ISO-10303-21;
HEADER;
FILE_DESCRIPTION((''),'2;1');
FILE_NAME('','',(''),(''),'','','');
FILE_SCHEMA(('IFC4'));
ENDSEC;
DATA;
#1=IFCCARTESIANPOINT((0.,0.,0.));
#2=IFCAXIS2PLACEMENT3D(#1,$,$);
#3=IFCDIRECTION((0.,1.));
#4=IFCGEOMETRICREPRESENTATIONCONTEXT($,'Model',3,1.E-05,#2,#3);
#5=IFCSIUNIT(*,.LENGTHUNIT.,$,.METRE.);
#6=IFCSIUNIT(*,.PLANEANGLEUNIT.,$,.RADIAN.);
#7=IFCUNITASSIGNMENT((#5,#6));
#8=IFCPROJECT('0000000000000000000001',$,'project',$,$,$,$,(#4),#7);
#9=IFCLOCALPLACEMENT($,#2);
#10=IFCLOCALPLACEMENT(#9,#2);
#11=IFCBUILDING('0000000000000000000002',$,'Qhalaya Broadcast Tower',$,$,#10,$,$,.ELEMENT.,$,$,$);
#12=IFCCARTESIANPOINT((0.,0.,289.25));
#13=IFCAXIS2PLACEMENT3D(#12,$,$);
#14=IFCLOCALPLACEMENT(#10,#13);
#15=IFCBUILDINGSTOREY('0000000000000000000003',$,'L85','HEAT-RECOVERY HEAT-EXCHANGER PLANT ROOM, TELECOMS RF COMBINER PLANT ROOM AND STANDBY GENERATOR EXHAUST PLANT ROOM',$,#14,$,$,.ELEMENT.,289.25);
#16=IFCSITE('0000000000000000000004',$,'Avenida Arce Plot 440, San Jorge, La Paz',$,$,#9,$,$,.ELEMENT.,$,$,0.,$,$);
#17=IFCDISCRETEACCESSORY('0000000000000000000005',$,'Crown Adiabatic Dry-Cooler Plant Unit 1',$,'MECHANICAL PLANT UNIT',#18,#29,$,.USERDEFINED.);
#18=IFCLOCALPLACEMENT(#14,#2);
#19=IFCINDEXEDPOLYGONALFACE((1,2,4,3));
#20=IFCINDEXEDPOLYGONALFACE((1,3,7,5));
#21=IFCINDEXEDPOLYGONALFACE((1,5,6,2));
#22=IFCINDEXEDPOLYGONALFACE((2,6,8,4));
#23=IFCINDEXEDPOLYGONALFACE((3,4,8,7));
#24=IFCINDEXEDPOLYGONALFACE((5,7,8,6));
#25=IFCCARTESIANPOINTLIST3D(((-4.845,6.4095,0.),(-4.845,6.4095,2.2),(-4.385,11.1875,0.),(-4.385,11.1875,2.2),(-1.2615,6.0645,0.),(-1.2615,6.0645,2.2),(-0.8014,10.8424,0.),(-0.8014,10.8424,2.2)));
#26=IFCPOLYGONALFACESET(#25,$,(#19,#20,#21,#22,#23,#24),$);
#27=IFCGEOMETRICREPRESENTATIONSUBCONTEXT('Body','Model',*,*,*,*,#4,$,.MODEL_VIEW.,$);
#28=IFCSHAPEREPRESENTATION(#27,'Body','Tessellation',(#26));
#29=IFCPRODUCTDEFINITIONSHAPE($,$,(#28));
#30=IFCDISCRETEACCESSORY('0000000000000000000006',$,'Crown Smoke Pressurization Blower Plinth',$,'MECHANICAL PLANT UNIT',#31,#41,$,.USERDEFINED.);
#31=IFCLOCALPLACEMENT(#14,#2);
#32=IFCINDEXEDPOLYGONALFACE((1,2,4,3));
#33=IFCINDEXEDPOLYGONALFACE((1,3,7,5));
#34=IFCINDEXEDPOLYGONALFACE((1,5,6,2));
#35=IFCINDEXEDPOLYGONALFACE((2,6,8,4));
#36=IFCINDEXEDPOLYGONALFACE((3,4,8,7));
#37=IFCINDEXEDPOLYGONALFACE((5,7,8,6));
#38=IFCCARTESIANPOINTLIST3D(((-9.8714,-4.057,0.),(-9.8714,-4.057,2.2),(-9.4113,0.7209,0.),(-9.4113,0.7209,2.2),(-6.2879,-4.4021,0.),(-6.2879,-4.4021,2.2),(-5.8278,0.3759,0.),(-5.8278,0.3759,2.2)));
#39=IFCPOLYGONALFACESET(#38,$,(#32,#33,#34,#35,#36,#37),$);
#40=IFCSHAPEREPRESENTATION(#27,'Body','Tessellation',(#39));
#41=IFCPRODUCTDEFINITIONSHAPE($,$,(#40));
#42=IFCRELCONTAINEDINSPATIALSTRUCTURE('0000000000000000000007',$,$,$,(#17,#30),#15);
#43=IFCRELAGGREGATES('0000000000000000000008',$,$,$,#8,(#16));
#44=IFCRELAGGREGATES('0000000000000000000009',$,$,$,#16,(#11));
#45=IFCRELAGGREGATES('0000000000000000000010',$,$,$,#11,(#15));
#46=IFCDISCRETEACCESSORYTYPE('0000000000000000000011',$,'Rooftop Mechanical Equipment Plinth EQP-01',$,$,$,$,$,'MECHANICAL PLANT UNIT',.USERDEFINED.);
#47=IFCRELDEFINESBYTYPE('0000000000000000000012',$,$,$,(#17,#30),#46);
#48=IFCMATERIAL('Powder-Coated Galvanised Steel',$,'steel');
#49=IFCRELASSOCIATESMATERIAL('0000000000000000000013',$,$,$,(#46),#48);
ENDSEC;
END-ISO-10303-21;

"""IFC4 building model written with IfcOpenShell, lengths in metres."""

from ifc_helpers import new_model, si_unit, direction, frame, origin, origin_2d, place, context, subcontext, project, spatial, rectangle, extrude, material, type_object, element, save


model = new_model("IFC4")

# Units and contexts
model_context = context("Model", 3, precision=1e-05, world=origin(), true_north=direction((0.0, 1.0)))
body_context = subcontext(model_context, "Body", "Model", "MODEL_VIEW")
ifc_project = project(units=[si_unit("LENGTHUNIT", "METRE"), si_unit("PLANEANGLEUNIT", "RADIAN")], contexts=[model_context])

# Site, building, storey
site_placement = place(None, origin())
site = spatial("IfcSite", under=ifc_project, at=site_placement, Name="Avenida Arce Plot 440, San Jorge, La Paz", CompositionType="ELEMENT", RefElevation=0.0)
building_placement = place(site_placement, origin())
building = spatial("IfcBuilding", under=site, at=building_placement, Name="Qhalaya Broadcast Tower", CompositionType="ELEMENT")
storey_placement = place(building_placement, frame((0.0, 0.0, 289.25)))
storey = spatial("IfcBuildingStorey", under=building, at=storey_placement, Name="L85", Description="HEAT-RECOVERY HEAT-EXCHANGER PLANT ROOM, TELECOMS RF COMBINER PLANT ROOM AND STANDBY GENERATOR EXHAUST PLANT ROOM", CompositionType="ELEMENT", Elevation=289.25)

# Shared definitions
ifc_material_1 = material(Name="Powder-Coated Galvanised Steel", Category="steel")

# Discrete accessories
discrete_accessory_type = type_object("IfcDiscreteAccessoryType", Name="Rooftop Mechanical Equipment Plinth EQP-01", ElementType="MECHANICAL PLANT UNIT", PredefinedType="USERDEFINED", material=ifc_material_1)
for number, where, z_axis, x_axis, name in (
    (1, (-2.8232, 8.626, 0.0), (0.0, 0.0, 1.0), (0.995396, -0.095846, 0.0), "Crown Adiabatic Dry-Cooler Plant Unit 1"),
    (2, (-7.8496, -1.8406, 0.0), (0.0, 0.0, 1.0), (0.995396, -0.095846, 0.0), "Crown Smoke Pressurization Blower Plinth"),
):
    element("IfcDiscreteAccessory", number, at=place(storey_placement, frame(where, z_axis=z_axis, x_axis=x_axis)), inside=storey, type_object=discrete_accessory_type, Name=name, ObjectType="MECHANICAL PLANT UNIT", PredefinedType="USERDEFINED", context=body_context, shape_type="SweptSolid", body=[
        extrude(rectangle(XDim=3.6001, YDim=4.8, at=origin_2d()), origin(), (0.0, 0.0, 1.0), 2.2),
    ])

save(model, "model.ifc")
